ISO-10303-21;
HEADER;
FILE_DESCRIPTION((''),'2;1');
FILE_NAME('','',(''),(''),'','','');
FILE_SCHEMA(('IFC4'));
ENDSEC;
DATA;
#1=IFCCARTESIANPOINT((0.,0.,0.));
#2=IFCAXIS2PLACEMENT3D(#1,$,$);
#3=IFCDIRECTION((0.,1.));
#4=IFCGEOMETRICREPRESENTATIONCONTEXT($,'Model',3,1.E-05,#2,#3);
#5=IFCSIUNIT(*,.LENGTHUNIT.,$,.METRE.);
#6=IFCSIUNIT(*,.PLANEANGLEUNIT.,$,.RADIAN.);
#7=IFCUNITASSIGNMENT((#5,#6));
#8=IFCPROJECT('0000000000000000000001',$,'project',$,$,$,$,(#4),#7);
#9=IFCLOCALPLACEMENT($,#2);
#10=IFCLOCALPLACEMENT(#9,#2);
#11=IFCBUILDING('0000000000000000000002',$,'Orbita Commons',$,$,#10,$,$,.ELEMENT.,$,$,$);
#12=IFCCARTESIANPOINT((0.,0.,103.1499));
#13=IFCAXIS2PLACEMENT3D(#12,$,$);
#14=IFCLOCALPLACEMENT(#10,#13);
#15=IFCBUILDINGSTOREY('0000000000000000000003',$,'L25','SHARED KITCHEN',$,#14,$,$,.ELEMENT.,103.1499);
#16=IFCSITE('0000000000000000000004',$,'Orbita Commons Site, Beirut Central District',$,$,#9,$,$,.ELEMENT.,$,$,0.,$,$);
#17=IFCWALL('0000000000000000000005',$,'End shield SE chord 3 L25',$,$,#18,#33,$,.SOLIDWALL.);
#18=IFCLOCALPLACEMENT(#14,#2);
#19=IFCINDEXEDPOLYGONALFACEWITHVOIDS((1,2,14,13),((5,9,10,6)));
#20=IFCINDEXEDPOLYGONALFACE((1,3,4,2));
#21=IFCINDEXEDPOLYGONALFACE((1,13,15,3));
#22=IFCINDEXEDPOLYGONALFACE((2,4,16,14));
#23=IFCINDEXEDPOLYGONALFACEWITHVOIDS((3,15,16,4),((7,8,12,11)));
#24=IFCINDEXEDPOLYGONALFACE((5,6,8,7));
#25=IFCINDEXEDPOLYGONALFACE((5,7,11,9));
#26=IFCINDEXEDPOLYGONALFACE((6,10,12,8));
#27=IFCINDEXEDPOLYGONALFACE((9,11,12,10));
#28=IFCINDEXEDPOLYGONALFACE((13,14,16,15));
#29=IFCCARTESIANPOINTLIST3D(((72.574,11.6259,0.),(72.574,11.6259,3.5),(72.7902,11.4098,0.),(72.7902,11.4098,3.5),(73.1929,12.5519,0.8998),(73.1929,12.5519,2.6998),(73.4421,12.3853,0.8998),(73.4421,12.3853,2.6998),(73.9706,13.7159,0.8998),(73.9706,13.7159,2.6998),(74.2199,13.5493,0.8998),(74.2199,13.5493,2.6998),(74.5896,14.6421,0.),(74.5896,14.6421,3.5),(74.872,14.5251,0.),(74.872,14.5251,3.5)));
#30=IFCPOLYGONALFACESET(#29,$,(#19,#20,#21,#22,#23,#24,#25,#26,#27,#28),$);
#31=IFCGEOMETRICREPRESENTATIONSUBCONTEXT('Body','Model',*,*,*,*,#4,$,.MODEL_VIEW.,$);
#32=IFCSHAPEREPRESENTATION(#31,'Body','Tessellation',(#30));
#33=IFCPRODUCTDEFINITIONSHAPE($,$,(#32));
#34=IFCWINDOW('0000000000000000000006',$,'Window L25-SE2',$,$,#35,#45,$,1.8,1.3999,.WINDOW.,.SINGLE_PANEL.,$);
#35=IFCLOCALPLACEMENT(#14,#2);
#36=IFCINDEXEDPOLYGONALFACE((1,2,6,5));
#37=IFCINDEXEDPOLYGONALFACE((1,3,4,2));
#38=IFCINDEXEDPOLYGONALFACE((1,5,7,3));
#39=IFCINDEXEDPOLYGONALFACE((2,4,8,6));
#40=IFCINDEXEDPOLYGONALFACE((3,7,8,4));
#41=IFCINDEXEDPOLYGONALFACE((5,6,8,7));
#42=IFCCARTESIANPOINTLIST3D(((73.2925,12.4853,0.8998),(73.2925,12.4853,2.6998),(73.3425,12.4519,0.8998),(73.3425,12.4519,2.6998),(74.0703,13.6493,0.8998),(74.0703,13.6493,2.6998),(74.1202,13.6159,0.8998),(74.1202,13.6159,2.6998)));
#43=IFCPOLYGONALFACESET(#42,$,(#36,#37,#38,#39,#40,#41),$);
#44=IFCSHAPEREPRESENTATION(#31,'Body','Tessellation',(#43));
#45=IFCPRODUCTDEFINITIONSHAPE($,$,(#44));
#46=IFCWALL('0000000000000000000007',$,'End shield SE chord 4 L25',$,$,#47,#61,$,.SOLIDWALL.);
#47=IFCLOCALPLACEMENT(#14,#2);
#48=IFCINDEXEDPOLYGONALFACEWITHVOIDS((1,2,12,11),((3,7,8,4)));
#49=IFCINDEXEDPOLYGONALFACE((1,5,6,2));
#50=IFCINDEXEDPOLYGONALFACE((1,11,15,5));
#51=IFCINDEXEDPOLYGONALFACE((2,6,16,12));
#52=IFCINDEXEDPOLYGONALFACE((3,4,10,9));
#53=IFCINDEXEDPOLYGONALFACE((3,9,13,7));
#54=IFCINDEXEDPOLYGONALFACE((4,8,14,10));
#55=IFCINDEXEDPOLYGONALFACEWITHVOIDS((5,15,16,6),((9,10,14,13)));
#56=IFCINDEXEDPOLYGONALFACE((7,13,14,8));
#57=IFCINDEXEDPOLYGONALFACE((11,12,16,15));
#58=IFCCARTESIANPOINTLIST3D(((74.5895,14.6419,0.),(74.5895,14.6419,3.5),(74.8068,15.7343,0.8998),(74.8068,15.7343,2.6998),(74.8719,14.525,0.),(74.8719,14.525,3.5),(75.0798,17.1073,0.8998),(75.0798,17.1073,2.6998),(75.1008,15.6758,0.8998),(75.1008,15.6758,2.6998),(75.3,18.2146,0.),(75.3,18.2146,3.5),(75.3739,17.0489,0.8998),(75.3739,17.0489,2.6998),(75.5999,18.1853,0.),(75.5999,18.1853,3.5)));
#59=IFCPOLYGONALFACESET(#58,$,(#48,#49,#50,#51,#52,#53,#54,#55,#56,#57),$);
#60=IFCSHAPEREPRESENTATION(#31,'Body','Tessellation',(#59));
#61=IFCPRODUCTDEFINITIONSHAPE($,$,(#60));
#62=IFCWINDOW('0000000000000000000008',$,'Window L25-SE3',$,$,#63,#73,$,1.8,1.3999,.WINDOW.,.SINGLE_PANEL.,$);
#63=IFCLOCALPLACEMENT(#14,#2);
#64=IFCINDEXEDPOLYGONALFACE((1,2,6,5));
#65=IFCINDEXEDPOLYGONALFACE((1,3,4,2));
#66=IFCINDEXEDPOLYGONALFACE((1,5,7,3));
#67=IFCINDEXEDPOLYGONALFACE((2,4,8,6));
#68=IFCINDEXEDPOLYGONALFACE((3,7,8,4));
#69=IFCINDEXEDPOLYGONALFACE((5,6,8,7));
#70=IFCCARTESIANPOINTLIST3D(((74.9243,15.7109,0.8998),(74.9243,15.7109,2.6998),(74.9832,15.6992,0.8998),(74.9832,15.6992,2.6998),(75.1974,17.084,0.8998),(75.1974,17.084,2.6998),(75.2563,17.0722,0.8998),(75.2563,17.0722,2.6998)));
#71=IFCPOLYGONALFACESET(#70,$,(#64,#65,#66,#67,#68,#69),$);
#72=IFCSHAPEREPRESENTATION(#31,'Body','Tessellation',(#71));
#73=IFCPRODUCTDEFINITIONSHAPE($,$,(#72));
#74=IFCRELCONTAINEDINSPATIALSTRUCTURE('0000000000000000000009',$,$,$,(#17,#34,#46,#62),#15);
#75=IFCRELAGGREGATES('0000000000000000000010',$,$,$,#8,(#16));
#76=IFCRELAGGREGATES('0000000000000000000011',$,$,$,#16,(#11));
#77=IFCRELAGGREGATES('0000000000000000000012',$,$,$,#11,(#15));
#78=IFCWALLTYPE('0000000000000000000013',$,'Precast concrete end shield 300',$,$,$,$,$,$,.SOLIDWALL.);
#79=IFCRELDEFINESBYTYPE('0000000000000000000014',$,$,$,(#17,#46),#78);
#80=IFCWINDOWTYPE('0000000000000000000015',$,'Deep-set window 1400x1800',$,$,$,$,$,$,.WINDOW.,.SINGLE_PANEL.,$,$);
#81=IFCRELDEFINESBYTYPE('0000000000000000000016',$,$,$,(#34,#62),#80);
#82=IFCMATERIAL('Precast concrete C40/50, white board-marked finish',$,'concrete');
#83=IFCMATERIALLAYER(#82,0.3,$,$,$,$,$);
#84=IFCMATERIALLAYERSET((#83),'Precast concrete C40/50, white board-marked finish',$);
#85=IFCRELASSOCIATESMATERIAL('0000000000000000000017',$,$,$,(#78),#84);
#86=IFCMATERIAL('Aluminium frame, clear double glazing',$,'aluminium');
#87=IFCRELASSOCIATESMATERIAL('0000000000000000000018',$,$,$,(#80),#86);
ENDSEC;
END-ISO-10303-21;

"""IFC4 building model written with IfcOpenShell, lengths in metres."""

from ifc_helpers import new_model, si_unit, direction, frame, frame_2d, origin, place, context, subcontext, project, spatial, polyline, rectangle, outline, extrude, material, layer, layer_set, type_object, element, fill, save


model = new_model("IFC4")

# Units and contexts
model_context = context("Model", 3, precision=1e-05, world=origin(), true_north=direction((0.0, 1.0)))
body_context = subcontext(model_context, "Body", "Model", "MODEL_VIEW")
ifc_project = project(units=[si_unit("LENGTHUNIT", "METRE"), si_unit("PLANEANGLEUNIT", "RADIAN")], contexts=[model_context])

# Site, building, storey
site_placement = place(None, origin())
site = spatial("IfcSite", under=ifc_project, at=site_placement, Name="Orbita Commons Site, Beirut Central District", CompositionType="ELEMENT", RefElevation=0.0)
building_placement = place(site_placement, origin())
building = spatial("IfcBuilding", under=site, at=building_placement, Name="Orbita Commons", CompositionType="ELEMENT")
storey_placement = place(building_placement, frame((0.0, 0.0, 103.1499)))
storey = spatial("IfcBuildingStorey", under=building, at=storey_placement, Name="L25", Description="SHARED KITCHEN", CompositionType="ELEMENT", Elevation=103.1499)

# Shared definitions
ifc_material_1 = material(Name="Precast concrete C40/50, white board-marked finish", Category="concrete")
ifc_layer_1 = layer(ifc_material_1, 0.3)
ifc_layer_set_1 = layer_set([ifc_layer_1], Name="Precast concrete C40/50, white board-marked finish")
wall_type_1 = type_object("IfcWallType", Name="Precast concrete end shield 300", PredefinedType="SOLIDWALL", material=ifc_layer_set_1)

# Walls, openings, windows
wall_1_placement = place(storey_placement, frame((72.6821, 11.5178, 0.0), z_axis=(0.0, 0.0, 1.0), x_axis=(0.555601, 0.831449, 0.0)))
wall_1 = element("IfcWall", 1, at=wall_1_placement, inside=storey, type_object=wall_type_1, Name="End shield SE chord 3 L25", PredefinedType="SOLIDWALL", context=body_context, shape_type="SweptSolid", body=[
    extrude(outline(polyline([(-0.0298, -0.1499), (3.717, -0.1499), (3.6575, 0.1499), (0.0298, 0.1499), (-0.0298, -0.1499)])), origin(), (0.0, 0.0, 1.0), 3.5),
])
opening_1_placement = place(wall_1_placement, frame((1.1436, 0.0, 0.8999)))
opening_1 = element("IfcOpeningElement", 2, at=opening_1_placement, cuts=wall_1, PredefinedType="OPENING", context=body_context, shape_type="SweptSolid", body=[
    extrude(rectangle(XDim=1.3999, YDim=1.8, at=frame_2d((0.7, 0.8999))), frame((0.0, 0.1599, 0.0), z_axis=(0.0, -1.0, 0.0), x_axis=(1.0, 0.0, 0.0)), (0.0, 0.0, 1.0), 0.3201),
])
ifc_material_2 = material(Name="Aluminium frame, clear double glazing", Category="aluminium")
window_type_1 = type_object("IfcWindowType", Name="Deep-set window 1400x1800", PartitioningType="SINGLE_PANEL", PredefinedType="WINDOW", material=ifc_material_2)
window_1_placement = place(opening_1_placement, origin())
window_1 = element("IfcWindow", 3, at=window_1_placement, inside=storey, type_object=window_type_1, Name="Window L25-SE2", OverallHeight=1.8, OverallWidth=1.3999, PartitioningType="SINGLE_PANEL", PredefinedType="WINDOW", context=body_context, shape_type="SweptSolid", body=[
    extrude(rectangle(XDim=1.3999, YDim=1.8, at=frame_2d((0.7, 0.8999))), frame((0.0, 0.03, 0.0), z_axis=(0.0, -1.0, 0.0), x_axis=(1.0, 0.0, 0.0)), (0.0, 0.0, 1.0), 0.0601),
])
fill(opening_1, window_1)
wall_2_placement = place(storey_placement, frame((74.7307, 14.5835, 0.0), z_axis=(0.0, 0.0, 1.0), x_axis=(0.195059, 0.980791, 0.0)))
wall_2 = element("IfcWall", 4, at=wall_2_placement, inside=storey, type_object=wall_type_1, Name="End shield SE chord 4 L25", PredefinedType="SOLIDWALL", context=body_context, shape_type="SweptSolid", body=[
    extrude(outline(polyline([(-0.0298, -0.1499), (3.7021, -0.1499), (3.6724, 0.1499), (0.0298, 0.1499), (-0.0298, -0.1499)])), origin(), (0.0, 0.0, 1.0), 3.5),
])
opening_2_placement = place(wall_2_placement, frame((1.1436, 0.0, 0.8999)))
opening_2 = element("IfcOpeningElement", 5, at=opening_2_placement, cuts=wall_2, PredefinedType="OPENING", context=body_context, shape_type="SweptSolid", body=[
    extrude(rectangle(XDim=1.3999, YDim=1.8, at=frame_2d((0.7, 0.8999))), frame((0.0, 0.1599, 0.0), z_axis=(0.0, -1.0, 0.0), x_axis=(1.0, 0.0, 0.0)), (0.0, 0.0, 1.0), 0.3201),
])
window_2_placement = place(opening_2_placement, origin())
window_2 = element("IfcWindow", 6, at=window_2_placement, inside=storey, type_object=window_type_1, Name="Window L25-SE3", OverallHeight=1.8, OverallWidth=1.3999, PartitioningType="SINGLE_PANEL", PredefinedType="WINDOW", context=body_context, shape_type="SweptSolid", body=[
    extrude(rectangle(XDim=1.3999, YDim=1.8, at=frame_2d((0.7, 0.8999))), frame((0.0, 0.03, 0.0), z_axis=(0.0, -1.0, 0.0), x_axis=(1.0, 0.0, 0.0)), (0.0, 0.0, 1.0), 0.0601),
])
fill(opening_2, window_2)

save(model, "model.ifc")
